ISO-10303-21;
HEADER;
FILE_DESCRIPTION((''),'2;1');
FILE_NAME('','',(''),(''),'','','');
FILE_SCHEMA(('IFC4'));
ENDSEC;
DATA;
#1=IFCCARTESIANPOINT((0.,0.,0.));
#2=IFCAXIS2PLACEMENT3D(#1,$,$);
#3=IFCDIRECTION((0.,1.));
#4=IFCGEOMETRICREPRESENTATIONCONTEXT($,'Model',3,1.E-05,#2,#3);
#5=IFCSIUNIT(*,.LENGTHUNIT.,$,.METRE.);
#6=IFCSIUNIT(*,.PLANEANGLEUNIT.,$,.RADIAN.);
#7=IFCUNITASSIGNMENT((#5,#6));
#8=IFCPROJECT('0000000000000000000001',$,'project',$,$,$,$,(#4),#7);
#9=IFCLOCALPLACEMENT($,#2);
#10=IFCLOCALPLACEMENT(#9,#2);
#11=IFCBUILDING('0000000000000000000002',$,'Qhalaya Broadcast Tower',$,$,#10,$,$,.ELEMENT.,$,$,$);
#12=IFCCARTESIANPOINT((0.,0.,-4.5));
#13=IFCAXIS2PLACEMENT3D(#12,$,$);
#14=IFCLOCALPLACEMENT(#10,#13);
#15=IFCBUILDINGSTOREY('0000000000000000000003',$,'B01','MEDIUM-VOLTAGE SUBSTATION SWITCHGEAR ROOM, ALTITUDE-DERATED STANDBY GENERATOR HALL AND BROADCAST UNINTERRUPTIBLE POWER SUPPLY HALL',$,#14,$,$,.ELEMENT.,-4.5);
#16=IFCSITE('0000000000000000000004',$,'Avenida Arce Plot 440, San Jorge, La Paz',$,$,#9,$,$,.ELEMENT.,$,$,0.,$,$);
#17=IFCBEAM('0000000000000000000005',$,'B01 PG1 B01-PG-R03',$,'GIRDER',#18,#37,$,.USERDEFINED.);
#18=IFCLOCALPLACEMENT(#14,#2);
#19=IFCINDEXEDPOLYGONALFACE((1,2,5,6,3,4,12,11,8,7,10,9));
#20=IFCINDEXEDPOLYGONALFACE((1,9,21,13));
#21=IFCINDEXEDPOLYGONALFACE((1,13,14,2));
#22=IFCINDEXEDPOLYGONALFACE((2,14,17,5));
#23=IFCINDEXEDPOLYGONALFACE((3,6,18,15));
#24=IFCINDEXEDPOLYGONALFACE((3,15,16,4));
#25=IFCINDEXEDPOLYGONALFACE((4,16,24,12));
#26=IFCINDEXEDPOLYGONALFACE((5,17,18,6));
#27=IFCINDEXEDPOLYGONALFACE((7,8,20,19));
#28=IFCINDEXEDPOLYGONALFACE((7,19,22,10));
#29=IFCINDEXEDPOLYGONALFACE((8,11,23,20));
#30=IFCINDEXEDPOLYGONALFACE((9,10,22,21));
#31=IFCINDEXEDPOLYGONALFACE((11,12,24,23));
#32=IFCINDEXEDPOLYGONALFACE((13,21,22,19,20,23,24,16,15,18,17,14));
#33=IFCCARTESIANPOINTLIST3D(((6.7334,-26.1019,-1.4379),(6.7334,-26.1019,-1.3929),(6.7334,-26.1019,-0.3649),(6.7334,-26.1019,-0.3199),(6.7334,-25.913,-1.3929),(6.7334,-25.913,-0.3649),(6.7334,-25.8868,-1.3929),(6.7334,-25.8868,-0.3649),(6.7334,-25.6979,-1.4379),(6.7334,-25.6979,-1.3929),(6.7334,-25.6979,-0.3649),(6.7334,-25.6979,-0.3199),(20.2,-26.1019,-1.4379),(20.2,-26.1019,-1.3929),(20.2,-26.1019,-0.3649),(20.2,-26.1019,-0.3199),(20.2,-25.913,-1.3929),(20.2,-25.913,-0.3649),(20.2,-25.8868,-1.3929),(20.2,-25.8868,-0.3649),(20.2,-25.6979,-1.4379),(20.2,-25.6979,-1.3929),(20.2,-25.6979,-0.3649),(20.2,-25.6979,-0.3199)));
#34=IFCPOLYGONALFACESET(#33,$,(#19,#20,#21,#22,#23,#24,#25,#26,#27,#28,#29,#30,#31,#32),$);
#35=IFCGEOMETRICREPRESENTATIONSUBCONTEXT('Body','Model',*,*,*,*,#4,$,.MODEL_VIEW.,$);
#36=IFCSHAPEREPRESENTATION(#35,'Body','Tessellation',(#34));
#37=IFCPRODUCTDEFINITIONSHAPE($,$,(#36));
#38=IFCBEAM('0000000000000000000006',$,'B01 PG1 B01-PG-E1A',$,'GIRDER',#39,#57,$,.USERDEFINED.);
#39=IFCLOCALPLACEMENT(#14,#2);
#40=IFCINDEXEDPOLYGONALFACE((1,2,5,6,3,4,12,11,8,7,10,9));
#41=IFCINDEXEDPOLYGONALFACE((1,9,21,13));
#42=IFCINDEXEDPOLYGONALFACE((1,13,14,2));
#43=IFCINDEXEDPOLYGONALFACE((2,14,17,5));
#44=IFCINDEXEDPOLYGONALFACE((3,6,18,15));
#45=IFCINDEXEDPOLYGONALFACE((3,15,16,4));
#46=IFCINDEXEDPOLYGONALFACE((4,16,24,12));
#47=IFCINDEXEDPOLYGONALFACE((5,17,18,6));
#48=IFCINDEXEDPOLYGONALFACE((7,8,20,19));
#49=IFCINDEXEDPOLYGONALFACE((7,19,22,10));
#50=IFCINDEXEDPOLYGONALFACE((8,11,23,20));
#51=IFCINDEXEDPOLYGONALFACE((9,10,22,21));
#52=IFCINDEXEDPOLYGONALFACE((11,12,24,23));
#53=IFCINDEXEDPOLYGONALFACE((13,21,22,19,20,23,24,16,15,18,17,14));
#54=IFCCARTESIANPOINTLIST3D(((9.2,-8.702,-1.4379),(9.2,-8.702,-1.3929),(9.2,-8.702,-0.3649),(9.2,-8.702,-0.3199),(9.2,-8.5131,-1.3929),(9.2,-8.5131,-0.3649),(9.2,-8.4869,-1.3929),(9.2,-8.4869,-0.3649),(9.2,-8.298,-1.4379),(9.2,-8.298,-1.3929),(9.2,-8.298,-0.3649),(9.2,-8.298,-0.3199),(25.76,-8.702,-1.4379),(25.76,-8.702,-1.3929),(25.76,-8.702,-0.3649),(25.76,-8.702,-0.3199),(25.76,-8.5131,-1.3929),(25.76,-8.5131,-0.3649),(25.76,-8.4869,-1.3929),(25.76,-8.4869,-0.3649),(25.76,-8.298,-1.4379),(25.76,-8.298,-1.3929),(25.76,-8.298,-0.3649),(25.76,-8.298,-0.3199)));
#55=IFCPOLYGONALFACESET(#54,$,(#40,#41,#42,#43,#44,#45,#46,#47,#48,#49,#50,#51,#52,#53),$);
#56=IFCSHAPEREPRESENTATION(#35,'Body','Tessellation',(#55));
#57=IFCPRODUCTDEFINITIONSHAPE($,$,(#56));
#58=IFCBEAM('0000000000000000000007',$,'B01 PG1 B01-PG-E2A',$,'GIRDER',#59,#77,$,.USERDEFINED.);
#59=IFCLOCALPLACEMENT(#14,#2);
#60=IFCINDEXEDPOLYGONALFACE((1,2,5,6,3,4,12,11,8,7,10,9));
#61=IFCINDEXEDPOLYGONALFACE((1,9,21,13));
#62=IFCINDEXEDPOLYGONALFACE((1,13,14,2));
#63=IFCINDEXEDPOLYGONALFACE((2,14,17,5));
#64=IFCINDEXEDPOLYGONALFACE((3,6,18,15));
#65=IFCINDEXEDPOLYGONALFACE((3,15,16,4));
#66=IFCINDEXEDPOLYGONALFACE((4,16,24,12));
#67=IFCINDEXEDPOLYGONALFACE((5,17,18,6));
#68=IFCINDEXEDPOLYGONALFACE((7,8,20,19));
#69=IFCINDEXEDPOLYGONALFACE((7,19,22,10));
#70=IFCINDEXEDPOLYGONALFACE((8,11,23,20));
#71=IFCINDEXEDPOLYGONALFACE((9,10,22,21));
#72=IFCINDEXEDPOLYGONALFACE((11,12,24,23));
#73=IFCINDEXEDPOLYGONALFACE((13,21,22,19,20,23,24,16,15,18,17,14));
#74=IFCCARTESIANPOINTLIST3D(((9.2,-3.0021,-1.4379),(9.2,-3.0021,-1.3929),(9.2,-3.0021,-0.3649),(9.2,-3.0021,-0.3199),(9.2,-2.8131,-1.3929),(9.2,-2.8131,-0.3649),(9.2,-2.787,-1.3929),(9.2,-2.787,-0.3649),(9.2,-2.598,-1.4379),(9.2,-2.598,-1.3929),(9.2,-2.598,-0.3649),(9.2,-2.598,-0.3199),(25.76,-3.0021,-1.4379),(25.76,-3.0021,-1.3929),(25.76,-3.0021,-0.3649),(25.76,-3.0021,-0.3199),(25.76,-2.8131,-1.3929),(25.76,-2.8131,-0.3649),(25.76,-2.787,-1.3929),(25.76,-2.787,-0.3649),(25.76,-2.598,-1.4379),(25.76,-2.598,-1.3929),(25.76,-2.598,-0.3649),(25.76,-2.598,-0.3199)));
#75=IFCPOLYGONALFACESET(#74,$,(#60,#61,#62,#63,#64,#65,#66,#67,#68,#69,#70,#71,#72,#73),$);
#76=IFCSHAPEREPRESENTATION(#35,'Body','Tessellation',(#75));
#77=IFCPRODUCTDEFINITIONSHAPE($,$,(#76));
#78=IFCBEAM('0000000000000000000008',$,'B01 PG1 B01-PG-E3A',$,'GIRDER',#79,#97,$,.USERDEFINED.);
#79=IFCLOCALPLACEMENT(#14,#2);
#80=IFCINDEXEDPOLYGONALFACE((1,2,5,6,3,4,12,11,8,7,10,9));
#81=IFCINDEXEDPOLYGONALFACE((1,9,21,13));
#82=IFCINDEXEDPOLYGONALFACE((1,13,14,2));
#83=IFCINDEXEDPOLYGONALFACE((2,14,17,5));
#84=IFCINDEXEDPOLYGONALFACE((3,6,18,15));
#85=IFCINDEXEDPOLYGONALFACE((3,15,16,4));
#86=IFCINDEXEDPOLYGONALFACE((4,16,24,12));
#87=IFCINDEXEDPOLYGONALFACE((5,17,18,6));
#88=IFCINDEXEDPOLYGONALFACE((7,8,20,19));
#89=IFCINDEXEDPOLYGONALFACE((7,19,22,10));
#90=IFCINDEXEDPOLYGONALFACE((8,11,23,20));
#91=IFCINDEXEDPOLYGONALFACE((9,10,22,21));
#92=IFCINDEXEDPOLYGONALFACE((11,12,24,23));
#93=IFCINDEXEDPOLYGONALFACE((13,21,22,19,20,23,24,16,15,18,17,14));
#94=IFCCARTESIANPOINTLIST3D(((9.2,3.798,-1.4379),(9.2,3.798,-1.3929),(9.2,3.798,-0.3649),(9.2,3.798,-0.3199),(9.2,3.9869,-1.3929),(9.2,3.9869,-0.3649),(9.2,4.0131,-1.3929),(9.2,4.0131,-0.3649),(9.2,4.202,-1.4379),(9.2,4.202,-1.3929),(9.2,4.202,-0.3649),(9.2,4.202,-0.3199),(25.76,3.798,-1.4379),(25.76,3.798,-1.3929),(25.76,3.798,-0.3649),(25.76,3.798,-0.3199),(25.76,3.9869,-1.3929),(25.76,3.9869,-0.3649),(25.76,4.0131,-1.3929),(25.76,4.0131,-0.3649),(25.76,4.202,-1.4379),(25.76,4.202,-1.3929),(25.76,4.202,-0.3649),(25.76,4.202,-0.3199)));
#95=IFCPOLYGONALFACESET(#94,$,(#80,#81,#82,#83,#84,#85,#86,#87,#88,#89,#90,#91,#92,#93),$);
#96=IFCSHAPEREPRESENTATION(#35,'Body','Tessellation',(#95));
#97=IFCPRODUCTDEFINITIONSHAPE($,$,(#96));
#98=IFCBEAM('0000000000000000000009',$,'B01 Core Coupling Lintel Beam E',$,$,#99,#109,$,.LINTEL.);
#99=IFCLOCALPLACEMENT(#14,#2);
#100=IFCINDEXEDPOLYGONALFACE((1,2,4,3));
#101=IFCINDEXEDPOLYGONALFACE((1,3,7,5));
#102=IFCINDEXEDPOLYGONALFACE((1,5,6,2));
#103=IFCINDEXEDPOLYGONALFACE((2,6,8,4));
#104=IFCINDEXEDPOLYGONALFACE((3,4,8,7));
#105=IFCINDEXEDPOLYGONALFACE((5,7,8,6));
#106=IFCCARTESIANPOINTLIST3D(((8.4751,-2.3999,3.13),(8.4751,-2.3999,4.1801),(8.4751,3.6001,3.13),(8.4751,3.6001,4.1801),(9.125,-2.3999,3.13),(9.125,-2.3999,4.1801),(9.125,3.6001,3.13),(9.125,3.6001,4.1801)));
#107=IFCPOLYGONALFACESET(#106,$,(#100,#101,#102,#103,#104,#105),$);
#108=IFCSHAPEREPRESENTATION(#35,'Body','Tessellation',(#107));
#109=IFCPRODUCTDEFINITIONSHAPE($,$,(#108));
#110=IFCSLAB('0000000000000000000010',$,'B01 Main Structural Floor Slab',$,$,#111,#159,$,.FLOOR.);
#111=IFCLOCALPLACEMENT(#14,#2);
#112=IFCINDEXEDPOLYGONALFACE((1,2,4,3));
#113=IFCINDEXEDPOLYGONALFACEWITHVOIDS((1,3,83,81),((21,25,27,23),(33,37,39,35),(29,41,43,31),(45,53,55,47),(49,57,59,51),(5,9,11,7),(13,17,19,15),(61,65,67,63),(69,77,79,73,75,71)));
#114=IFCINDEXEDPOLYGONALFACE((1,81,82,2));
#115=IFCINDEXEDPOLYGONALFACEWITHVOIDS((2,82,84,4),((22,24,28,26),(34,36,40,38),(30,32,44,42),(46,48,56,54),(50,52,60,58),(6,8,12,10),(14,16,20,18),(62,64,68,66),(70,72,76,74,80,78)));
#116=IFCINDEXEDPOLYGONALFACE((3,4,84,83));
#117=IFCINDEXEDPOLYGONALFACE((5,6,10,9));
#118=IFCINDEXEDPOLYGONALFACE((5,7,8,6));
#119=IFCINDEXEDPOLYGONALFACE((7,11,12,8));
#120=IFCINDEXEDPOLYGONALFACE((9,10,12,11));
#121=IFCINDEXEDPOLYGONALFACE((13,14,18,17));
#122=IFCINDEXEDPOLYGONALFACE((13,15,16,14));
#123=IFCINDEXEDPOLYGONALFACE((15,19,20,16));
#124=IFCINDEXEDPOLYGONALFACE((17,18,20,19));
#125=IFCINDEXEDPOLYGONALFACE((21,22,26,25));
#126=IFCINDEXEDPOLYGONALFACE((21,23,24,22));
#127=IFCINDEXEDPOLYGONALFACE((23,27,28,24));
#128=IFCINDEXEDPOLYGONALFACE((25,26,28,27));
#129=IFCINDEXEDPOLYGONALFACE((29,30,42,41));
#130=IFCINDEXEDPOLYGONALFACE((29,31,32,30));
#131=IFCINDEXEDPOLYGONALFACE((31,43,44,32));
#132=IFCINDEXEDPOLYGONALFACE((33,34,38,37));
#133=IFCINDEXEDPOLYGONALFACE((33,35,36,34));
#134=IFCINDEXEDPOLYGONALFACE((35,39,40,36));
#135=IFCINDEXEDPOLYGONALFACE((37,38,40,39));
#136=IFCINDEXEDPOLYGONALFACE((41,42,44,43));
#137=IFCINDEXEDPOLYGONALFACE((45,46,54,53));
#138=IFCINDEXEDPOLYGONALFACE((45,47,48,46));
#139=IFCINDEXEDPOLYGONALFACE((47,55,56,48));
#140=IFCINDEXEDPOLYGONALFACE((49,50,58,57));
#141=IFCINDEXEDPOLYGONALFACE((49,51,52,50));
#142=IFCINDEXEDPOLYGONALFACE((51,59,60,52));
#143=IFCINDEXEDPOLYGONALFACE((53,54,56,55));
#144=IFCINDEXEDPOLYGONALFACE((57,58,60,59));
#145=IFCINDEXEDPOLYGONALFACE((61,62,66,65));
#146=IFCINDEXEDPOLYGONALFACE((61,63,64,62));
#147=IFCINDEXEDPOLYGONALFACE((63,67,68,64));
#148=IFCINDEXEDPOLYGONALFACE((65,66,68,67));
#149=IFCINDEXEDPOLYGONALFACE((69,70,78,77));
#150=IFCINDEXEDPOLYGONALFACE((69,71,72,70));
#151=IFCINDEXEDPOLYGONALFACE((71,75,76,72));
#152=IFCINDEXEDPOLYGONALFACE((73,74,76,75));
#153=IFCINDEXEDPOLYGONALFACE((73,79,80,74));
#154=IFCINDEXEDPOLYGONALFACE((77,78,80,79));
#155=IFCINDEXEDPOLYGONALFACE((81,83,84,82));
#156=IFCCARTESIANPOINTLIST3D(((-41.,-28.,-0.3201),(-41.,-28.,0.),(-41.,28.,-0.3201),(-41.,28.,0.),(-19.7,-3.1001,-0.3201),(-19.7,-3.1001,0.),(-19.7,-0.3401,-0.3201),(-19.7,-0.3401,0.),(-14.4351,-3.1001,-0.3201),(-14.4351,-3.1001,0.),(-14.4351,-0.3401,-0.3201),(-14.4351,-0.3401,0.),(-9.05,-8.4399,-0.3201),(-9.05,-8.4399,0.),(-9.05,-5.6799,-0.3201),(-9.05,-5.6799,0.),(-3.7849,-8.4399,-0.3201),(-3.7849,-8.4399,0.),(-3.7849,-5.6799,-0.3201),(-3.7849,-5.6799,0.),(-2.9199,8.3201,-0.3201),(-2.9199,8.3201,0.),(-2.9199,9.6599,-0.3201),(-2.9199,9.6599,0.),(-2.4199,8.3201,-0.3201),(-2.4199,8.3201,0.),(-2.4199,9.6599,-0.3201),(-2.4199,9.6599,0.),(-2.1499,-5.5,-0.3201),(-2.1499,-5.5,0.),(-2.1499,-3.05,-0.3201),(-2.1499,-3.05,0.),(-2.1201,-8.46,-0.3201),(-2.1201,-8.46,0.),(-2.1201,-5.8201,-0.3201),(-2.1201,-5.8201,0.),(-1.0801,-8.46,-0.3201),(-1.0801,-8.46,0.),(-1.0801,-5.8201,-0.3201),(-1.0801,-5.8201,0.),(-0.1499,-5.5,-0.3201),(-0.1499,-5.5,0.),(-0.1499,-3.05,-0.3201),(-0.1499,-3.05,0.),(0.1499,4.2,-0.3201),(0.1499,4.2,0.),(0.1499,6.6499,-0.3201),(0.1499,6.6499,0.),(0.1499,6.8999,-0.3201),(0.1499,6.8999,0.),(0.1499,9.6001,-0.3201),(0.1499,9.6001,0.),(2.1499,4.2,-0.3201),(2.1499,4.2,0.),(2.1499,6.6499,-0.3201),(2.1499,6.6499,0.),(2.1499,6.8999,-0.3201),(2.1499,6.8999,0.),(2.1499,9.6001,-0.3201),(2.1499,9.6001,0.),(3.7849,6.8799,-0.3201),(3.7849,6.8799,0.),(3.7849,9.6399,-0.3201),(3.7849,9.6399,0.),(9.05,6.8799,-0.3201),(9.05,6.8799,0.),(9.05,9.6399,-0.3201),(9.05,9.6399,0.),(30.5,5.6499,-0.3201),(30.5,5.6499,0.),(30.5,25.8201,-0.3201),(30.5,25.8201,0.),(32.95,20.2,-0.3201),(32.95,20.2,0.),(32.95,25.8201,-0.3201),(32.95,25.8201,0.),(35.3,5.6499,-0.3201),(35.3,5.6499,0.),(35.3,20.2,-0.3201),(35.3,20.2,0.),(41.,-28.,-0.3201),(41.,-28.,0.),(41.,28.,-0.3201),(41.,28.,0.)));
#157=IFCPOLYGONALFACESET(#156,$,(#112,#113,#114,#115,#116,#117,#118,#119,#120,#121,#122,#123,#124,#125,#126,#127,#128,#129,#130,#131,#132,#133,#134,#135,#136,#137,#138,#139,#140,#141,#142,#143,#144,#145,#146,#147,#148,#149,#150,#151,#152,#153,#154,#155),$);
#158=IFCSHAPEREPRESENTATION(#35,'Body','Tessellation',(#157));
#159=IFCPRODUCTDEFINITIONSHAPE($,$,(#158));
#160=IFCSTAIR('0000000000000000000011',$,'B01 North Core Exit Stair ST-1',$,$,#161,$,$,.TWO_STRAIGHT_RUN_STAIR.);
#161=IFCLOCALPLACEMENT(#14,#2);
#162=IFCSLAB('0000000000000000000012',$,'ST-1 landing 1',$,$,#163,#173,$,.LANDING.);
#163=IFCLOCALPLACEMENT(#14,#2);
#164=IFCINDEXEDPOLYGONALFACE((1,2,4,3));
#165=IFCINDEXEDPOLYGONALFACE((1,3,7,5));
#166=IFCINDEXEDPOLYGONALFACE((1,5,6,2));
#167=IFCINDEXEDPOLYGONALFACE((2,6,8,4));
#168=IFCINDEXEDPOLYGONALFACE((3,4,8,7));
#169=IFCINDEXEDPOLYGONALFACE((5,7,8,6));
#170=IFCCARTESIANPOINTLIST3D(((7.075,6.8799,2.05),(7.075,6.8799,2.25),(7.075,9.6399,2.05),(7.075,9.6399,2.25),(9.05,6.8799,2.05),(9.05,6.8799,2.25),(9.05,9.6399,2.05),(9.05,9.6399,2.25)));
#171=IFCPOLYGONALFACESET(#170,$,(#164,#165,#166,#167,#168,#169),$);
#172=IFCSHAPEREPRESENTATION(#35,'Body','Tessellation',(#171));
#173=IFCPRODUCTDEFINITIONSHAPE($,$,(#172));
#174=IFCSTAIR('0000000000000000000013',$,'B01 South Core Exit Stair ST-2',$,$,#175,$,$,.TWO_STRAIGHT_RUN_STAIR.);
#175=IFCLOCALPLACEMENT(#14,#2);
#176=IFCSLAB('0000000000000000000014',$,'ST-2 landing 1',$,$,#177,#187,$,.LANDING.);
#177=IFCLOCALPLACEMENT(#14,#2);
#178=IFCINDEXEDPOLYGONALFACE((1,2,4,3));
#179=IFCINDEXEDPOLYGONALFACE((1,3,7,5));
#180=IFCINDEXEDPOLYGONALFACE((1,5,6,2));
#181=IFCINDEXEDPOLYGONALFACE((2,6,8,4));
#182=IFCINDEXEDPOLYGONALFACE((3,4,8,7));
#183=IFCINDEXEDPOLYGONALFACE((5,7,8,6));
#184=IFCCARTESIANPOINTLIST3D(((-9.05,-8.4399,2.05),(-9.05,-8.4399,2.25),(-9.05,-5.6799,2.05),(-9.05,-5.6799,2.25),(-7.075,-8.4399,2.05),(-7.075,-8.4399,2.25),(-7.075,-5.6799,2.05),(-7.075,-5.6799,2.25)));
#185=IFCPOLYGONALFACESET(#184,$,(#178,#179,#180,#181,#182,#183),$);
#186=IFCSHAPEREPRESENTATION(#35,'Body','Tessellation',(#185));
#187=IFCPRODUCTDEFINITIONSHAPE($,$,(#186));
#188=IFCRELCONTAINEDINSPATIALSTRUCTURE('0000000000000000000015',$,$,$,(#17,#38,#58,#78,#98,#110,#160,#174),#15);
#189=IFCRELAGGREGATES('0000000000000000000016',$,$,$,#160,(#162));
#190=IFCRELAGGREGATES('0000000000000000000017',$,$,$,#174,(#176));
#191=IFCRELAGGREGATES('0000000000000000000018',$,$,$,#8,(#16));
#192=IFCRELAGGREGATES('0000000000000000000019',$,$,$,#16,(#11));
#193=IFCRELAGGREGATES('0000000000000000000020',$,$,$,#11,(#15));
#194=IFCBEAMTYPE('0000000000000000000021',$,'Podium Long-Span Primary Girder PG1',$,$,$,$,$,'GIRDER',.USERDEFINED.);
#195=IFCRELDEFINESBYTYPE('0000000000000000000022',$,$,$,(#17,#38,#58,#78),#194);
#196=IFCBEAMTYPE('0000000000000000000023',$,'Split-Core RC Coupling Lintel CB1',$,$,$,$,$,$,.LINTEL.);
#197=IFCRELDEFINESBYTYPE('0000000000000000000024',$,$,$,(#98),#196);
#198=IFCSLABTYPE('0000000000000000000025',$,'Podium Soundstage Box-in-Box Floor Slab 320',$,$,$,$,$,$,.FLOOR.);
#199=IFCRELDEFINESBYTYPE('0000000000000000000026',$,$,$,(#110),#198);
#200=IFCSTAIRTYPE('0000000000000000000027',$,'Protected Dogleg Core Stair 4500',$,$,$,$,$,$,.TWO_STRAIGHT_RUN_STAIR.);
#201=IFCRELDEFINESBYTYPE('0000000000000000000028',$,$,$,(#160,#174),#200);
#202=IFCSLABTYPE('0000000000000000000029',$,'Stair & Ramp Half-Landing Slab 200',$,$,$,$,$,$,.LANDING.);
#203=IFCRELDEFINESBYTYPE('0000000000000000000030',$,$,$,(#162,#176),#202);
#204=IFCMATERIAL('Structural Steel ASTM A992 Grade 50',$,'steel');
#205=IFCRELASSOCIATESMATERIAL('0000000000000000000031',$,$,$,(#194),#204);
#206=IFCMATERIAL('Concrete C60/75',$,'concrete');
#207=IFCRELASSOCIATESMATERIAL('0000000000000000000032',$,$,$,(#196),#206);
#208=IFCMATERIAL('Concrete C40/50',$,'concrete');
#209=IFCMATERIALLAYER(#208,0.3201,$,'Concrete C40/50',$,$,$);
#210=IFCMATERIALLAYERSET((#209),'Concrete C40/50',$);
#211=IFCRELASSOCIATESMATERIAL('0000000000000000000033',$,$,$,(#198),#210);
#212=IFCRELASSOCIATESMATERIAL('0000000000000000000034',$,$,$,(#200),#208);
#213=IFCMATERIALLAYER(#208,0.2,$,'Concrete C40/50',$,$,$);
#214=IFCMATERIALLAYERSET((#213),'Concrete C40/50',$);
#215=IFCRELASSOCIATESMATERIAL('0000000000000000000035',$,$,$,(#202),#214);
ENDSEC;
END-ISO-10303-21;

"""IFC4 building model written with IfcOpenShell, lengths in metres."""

from ifc_helpers import new_model, si_unit, direction, frame, origin, origin_2d, place, context, subcontext, project, spatial, polyline, rectangle, i_section, outline, extrude, material, layer, layer_set, material_profile, profile_set, type_object, element, aggregate, save


model = new_model("IFC4")

# Units and contexts
model_context = context("Model", 3, precision=1e-05, world=origin(), true_north=direction((0.0, 1.0)))
body_context = subcontext(model_context, "Body", "Model", "MODEL_VIEW")
ifc_project = project(units=[si_unit("LENGTHUNIT", "METRE"), si_unit("PLANEANGLEUNIT", "RADIAN")], contexts=[model_context])

# Site, building, storey
site_placement = place(None, origin())
site = spatial("IfcSite", under=ifc_project, at=site_placement, Name="Avenida Arce Plot 440, San Jorge, La Paz", CompositionType="ELEMENT", RefElevation=0.0)
building_placement = place(site_placement, origin())
building = spatial("IfcBuilding", under=site, at=building_placement, Name="Qhalaya Broadcast Tower", CompositionType="ELEMENT")
storey_placement = place(building_placement, frame((0.0, 0.0, -4.5)))
storey = spatial("IfcBuildingStorey", under=building, at=storey_placement, Name="B01", Description="MEDIUM-VOLTAGE SUBSTATION SWITCHGEAR ROOM, ALTITUDE-DERATED STANDBY GENERATOR HALL AND BROADCAST UNINTERRUPTIBLE POWER SUPPLY HALL", CompositionType="ELEMENT", Elevation=-4.5)

# Shared definitions
ifc_material_1 = material(Name="Concrete C60/75", Category="concrete")

# Beams
ifc_material_2 = material(Name="Structural Steel ASTM A992 Grade 50", Category="steel")
ifc_material_profile_1 = material_profile(ifc_material_2, i_section(OverallWidth=0.4041, OverallDepth=1.1179, WebThickness=0.0261, FlangeThickness=0.0449, at=origin_2d()), Name="W44X335")
ifc_profile_set_1 = profile_set([ifc_material_profile_1], Name="Structural Steel ASTM A992 Grade 50")
beam_type_1 = type_object("IfcBeamType", Name="Podium Long-Span Primary Girder PG1", ElementType="GIRDER", PredefinedType="USERDEFINED", material=ifc_profile_set_1)
beam_1_placement = place(storey_placement, frame((6.7334, -25.8999, -0.8789), z_axis=(1.0, 0.0, 0.0), x_axis=(0.0, 1.0, 0.0)))
element("IfcBeam", 1, at=beam_1_placement, inside=storey, type_object=beam_type_1, Name="B01 PG1 B01-PG-R03", ObjectType="GIRDER", PredefinedType="USERDEFINED", context=body_context, shape_type="SweptSolid", body=[
    extrude(i_section(OverallWidth=0.4041, OverallDepth=1.1179, WebThickness=0.0261, FlangeThickness=0.0449, at=origin_2d()), origin(), (0.0, 0.0, 1.0), 13.4666),
])
for number, where, z_axis, x_axis, name in (
    (2, (9.2, -8.5, -0.8789), (1.0, 0.0, 0.0), (0.0, 1.0, 0.0), "B01 PG1 B01-PG-E1A"),
    (3, (9.2, -2.8, -0.8789), (1.0, 0.0, 0.0), (0.0, 1.0, 0.0), "B01 PG1 B01-PG-E2A"),
    (4, (9.2, 4.0, -0.8789), (1.0, 0.0, 0.0), (0.0, 1.0, 0.0), "B01 PG1 B01-PG-E3A"),
):
    element("IfcBeam", number, at=place(storey_placement, frame(where, z_axis=z_axis, x_axis=x_axis)), inside=storey, type_object=beam_type_1, Name=name, ObjectType="GIRDER", PredefinedType="USERDEFINED", context=body_context, shape_type="SweptSolid", body=[
        extrude(i_section(OverallWidth=0.4041, OverallDepth=1.1179, WebThickness=0.0261, FlangeThickness=0.0449, at=origin_2d()), origin(), (0.0, 0.0, 1.0), 16.5601),
    ])
ifc_material_profile_2 = material_profile(ifc_material_1, rectangle(XDim=0.6499, YDim=1.05, at=origin_2d()), Name="RC-CB 650x1050")
ifc_profile_set_2 = profile_set([ifc_material_profile_2], Name="Concrete C60/75")
beam_type_2 = type_object("IfcBeamType", Name="Split-Core RC Coupling Lintel CB1", PredefinedType="LINTEL", material=ifc_profile_set_2)
beam_2_placement = place(storey_placement, frame((8.8, -2.3999, 3.655), z_axis=(0.0, 1.0, 0.0), x_axis=(-1.0, 0.0, 0.0)))
element("IfcBeam", 5, at=beam_2_placement, inside=storey, type_object=beam_type_2, Name="B01 Core Coupling Lintel Beam E", PredefinedType="LINTEL", context=body_context, shape_type="SweptSolid", body=[
    extrude(rectangle(XDim=0.6499, YDim=1.05, at=origin_2d()), origin(), (0.0, 0.0, 1.0), 6.0),
])

# Slab
ifc_material_3 = material(Name="Concrete C40/50", Category="concrete")
ifc_layer_1 = layer(ifc_material_3, 0.3201, Name="Concrete C40/50")
ifc_layer_set_1 = layer_set([ifc_layer_1], Name="Concrete C40/50")
slab_type_1 = type_object("IfcSlabType", Name="Podium Soundstage Box-in-Box Floor Slab 320", PredefinedType="FLOOR", material=ifc_layer_set_1)
slab_1_placement = place(storey_placement, frame((0.0, 0.0, -0.3201)))
element("IfcSlab", 6, at=slab_1_placement, inside=storey, type_object=slab_type_1, Name="B01 Main Structural Floor Slab", PredefinedType="FLOOR", context=body_context, shape_type="SweptSolid", body=[
    extrude(outline(polyline([(-41.0, -28.0), (41.0, -28.0), (41.0, 28.0), (-41.0, 28.0), (-41.0, -28.0)]), holes=[polyline([(3.7849, 9.6399), (9.05, 9.6399), (9.05, 6.8799), (3.7849, 6.8799), (3.7849, 9.6399)]), polyline([(-3.7849, -8.4399), (-9.05, -8.4399), (-9.05, -5.6799), (-3.7849, -5.6799), (-3.7849, -8.4399)]), polyline([(-14.4351, -3.1001), (-19.7, -3.1001), (-19.7, -0.3401), (-14.4351, -0.3401), (-14.4351, -3.1001)]), polyline([(0.1499, 6.6499), (2.1499, 6.6499), (2.1499, 4.2), (0.1499, 4.2), (0.1499, 6.6499)]), polyline([(0.1499, 9.6001), (2.1499, 9.6001), (2.1499, 6.8999), (0.1499, 6.8999), (0.1499, 9.6001)]), polyline([(-2.1499, -3.05), (-0.1499, -3.05), (-0.1499, -5.5), (-2.1499, -5.5), (-2.1499, -3.05)]), polyline([(-2.9199, 9.6599), (-2.4199, 9.6599), (-2.4199, 8.3201), (-2.9199, 8.3201), (-2.9199, 9.6599)]), polyline([(-2.1201, -5.8201), (-1.0801, -5.8201), (-1.0801, -8.46), (-2.1201, -8.46), (-2.1201, -5.8201)]), polyline([(30.5, 25.8201), (32.95, 25.8201), (32.95, 20.2), (35.3, 20.2), (35.3, 5.6499), (30.5, 5.6499), (30.5, 25.8201)])]), origin(), (0.0, 0.0, 1.0), 0.3201),
])

# Stairs, slabs
stair_type = type_object("IfcStairType", Name="Protected Dogleg Core Stair 4500", PredefinedType="TWO_STRAIGHT_RUN_STAIR", material=ifc_material_3)
stair_1_placement = place(storey_placement, origin())
stair_1 = element("IfcStair", 7, at=stair_1_placement, inside=storey, type_object=stair_type, Name="B01 North Core Exit Stair ST-1", PredefinedType="TWO_STRAIGHT_RUN_STAIR")
ifc_layer_2 = layer(ifc_material_3, 0.2, Name="Concrete C40/50")
ifc_layer_set_2 = layer_set([ifc_layer_2], Name="Concrete C40/50")
slab_type_2 = type_object("IfcSlabType", Name="Stair & Ramp Half-Landing Slab 200", PredefinedType="LANDING", material=ifc_layer_set_2)
slab_2_placement = place(storey_placement, frame((0.0, 0.0, 2.05)))
slab_2 = element("IfcSlab", 8, at=slab_2_placement, type_object=slab_type_2, Name="ST-1 landing 1", PredefinedType="LANDING", context=body_context, shape_type="SweptSolid", body=[
    extrude(outline(polyline([(7.075, 6.8799), (9.05, 6.8799), (9.05, 9.6399), (7.075, 9.6399), (7.075, 6.8799)])), origin(), (0.0, 0.0, 1.0), 0.2),
])
aggregate(stair_1, [slab_2])
stair_2_placement = place(storey_placement, origin())
stair_2 = element("IfcStair", 9, at=stair_2_placement, inside=storey, type_object=stair_type, Name="B01 South Core Exit Stair ST-2", PredefinedType="TWO_STRAIGHT_RUN_STAIR")
slab_3_placement = place(storey_placement, frame((0.0, 0.0, 2.05)))
slab_3 = element("IfcSlab", 10, at=slab_3_placement, type_object=slab_type_2, Name="ST-2 landing 1", PredefinedType="LANDING", context=body_context, shape_type="SweptSolid", body=[
    extrude(outline(polyline([(-7.075, -5.6799), (-9.05, -5.6799), (-9.05, -8.4399), (-7.075, -8.4399), (-7.075, -5.6799)])), origin(), (0.0, 0.0, 1.0), 0.2),
])
aggregate(stair_2, [slab_3])

save(model, "model.ifc")
